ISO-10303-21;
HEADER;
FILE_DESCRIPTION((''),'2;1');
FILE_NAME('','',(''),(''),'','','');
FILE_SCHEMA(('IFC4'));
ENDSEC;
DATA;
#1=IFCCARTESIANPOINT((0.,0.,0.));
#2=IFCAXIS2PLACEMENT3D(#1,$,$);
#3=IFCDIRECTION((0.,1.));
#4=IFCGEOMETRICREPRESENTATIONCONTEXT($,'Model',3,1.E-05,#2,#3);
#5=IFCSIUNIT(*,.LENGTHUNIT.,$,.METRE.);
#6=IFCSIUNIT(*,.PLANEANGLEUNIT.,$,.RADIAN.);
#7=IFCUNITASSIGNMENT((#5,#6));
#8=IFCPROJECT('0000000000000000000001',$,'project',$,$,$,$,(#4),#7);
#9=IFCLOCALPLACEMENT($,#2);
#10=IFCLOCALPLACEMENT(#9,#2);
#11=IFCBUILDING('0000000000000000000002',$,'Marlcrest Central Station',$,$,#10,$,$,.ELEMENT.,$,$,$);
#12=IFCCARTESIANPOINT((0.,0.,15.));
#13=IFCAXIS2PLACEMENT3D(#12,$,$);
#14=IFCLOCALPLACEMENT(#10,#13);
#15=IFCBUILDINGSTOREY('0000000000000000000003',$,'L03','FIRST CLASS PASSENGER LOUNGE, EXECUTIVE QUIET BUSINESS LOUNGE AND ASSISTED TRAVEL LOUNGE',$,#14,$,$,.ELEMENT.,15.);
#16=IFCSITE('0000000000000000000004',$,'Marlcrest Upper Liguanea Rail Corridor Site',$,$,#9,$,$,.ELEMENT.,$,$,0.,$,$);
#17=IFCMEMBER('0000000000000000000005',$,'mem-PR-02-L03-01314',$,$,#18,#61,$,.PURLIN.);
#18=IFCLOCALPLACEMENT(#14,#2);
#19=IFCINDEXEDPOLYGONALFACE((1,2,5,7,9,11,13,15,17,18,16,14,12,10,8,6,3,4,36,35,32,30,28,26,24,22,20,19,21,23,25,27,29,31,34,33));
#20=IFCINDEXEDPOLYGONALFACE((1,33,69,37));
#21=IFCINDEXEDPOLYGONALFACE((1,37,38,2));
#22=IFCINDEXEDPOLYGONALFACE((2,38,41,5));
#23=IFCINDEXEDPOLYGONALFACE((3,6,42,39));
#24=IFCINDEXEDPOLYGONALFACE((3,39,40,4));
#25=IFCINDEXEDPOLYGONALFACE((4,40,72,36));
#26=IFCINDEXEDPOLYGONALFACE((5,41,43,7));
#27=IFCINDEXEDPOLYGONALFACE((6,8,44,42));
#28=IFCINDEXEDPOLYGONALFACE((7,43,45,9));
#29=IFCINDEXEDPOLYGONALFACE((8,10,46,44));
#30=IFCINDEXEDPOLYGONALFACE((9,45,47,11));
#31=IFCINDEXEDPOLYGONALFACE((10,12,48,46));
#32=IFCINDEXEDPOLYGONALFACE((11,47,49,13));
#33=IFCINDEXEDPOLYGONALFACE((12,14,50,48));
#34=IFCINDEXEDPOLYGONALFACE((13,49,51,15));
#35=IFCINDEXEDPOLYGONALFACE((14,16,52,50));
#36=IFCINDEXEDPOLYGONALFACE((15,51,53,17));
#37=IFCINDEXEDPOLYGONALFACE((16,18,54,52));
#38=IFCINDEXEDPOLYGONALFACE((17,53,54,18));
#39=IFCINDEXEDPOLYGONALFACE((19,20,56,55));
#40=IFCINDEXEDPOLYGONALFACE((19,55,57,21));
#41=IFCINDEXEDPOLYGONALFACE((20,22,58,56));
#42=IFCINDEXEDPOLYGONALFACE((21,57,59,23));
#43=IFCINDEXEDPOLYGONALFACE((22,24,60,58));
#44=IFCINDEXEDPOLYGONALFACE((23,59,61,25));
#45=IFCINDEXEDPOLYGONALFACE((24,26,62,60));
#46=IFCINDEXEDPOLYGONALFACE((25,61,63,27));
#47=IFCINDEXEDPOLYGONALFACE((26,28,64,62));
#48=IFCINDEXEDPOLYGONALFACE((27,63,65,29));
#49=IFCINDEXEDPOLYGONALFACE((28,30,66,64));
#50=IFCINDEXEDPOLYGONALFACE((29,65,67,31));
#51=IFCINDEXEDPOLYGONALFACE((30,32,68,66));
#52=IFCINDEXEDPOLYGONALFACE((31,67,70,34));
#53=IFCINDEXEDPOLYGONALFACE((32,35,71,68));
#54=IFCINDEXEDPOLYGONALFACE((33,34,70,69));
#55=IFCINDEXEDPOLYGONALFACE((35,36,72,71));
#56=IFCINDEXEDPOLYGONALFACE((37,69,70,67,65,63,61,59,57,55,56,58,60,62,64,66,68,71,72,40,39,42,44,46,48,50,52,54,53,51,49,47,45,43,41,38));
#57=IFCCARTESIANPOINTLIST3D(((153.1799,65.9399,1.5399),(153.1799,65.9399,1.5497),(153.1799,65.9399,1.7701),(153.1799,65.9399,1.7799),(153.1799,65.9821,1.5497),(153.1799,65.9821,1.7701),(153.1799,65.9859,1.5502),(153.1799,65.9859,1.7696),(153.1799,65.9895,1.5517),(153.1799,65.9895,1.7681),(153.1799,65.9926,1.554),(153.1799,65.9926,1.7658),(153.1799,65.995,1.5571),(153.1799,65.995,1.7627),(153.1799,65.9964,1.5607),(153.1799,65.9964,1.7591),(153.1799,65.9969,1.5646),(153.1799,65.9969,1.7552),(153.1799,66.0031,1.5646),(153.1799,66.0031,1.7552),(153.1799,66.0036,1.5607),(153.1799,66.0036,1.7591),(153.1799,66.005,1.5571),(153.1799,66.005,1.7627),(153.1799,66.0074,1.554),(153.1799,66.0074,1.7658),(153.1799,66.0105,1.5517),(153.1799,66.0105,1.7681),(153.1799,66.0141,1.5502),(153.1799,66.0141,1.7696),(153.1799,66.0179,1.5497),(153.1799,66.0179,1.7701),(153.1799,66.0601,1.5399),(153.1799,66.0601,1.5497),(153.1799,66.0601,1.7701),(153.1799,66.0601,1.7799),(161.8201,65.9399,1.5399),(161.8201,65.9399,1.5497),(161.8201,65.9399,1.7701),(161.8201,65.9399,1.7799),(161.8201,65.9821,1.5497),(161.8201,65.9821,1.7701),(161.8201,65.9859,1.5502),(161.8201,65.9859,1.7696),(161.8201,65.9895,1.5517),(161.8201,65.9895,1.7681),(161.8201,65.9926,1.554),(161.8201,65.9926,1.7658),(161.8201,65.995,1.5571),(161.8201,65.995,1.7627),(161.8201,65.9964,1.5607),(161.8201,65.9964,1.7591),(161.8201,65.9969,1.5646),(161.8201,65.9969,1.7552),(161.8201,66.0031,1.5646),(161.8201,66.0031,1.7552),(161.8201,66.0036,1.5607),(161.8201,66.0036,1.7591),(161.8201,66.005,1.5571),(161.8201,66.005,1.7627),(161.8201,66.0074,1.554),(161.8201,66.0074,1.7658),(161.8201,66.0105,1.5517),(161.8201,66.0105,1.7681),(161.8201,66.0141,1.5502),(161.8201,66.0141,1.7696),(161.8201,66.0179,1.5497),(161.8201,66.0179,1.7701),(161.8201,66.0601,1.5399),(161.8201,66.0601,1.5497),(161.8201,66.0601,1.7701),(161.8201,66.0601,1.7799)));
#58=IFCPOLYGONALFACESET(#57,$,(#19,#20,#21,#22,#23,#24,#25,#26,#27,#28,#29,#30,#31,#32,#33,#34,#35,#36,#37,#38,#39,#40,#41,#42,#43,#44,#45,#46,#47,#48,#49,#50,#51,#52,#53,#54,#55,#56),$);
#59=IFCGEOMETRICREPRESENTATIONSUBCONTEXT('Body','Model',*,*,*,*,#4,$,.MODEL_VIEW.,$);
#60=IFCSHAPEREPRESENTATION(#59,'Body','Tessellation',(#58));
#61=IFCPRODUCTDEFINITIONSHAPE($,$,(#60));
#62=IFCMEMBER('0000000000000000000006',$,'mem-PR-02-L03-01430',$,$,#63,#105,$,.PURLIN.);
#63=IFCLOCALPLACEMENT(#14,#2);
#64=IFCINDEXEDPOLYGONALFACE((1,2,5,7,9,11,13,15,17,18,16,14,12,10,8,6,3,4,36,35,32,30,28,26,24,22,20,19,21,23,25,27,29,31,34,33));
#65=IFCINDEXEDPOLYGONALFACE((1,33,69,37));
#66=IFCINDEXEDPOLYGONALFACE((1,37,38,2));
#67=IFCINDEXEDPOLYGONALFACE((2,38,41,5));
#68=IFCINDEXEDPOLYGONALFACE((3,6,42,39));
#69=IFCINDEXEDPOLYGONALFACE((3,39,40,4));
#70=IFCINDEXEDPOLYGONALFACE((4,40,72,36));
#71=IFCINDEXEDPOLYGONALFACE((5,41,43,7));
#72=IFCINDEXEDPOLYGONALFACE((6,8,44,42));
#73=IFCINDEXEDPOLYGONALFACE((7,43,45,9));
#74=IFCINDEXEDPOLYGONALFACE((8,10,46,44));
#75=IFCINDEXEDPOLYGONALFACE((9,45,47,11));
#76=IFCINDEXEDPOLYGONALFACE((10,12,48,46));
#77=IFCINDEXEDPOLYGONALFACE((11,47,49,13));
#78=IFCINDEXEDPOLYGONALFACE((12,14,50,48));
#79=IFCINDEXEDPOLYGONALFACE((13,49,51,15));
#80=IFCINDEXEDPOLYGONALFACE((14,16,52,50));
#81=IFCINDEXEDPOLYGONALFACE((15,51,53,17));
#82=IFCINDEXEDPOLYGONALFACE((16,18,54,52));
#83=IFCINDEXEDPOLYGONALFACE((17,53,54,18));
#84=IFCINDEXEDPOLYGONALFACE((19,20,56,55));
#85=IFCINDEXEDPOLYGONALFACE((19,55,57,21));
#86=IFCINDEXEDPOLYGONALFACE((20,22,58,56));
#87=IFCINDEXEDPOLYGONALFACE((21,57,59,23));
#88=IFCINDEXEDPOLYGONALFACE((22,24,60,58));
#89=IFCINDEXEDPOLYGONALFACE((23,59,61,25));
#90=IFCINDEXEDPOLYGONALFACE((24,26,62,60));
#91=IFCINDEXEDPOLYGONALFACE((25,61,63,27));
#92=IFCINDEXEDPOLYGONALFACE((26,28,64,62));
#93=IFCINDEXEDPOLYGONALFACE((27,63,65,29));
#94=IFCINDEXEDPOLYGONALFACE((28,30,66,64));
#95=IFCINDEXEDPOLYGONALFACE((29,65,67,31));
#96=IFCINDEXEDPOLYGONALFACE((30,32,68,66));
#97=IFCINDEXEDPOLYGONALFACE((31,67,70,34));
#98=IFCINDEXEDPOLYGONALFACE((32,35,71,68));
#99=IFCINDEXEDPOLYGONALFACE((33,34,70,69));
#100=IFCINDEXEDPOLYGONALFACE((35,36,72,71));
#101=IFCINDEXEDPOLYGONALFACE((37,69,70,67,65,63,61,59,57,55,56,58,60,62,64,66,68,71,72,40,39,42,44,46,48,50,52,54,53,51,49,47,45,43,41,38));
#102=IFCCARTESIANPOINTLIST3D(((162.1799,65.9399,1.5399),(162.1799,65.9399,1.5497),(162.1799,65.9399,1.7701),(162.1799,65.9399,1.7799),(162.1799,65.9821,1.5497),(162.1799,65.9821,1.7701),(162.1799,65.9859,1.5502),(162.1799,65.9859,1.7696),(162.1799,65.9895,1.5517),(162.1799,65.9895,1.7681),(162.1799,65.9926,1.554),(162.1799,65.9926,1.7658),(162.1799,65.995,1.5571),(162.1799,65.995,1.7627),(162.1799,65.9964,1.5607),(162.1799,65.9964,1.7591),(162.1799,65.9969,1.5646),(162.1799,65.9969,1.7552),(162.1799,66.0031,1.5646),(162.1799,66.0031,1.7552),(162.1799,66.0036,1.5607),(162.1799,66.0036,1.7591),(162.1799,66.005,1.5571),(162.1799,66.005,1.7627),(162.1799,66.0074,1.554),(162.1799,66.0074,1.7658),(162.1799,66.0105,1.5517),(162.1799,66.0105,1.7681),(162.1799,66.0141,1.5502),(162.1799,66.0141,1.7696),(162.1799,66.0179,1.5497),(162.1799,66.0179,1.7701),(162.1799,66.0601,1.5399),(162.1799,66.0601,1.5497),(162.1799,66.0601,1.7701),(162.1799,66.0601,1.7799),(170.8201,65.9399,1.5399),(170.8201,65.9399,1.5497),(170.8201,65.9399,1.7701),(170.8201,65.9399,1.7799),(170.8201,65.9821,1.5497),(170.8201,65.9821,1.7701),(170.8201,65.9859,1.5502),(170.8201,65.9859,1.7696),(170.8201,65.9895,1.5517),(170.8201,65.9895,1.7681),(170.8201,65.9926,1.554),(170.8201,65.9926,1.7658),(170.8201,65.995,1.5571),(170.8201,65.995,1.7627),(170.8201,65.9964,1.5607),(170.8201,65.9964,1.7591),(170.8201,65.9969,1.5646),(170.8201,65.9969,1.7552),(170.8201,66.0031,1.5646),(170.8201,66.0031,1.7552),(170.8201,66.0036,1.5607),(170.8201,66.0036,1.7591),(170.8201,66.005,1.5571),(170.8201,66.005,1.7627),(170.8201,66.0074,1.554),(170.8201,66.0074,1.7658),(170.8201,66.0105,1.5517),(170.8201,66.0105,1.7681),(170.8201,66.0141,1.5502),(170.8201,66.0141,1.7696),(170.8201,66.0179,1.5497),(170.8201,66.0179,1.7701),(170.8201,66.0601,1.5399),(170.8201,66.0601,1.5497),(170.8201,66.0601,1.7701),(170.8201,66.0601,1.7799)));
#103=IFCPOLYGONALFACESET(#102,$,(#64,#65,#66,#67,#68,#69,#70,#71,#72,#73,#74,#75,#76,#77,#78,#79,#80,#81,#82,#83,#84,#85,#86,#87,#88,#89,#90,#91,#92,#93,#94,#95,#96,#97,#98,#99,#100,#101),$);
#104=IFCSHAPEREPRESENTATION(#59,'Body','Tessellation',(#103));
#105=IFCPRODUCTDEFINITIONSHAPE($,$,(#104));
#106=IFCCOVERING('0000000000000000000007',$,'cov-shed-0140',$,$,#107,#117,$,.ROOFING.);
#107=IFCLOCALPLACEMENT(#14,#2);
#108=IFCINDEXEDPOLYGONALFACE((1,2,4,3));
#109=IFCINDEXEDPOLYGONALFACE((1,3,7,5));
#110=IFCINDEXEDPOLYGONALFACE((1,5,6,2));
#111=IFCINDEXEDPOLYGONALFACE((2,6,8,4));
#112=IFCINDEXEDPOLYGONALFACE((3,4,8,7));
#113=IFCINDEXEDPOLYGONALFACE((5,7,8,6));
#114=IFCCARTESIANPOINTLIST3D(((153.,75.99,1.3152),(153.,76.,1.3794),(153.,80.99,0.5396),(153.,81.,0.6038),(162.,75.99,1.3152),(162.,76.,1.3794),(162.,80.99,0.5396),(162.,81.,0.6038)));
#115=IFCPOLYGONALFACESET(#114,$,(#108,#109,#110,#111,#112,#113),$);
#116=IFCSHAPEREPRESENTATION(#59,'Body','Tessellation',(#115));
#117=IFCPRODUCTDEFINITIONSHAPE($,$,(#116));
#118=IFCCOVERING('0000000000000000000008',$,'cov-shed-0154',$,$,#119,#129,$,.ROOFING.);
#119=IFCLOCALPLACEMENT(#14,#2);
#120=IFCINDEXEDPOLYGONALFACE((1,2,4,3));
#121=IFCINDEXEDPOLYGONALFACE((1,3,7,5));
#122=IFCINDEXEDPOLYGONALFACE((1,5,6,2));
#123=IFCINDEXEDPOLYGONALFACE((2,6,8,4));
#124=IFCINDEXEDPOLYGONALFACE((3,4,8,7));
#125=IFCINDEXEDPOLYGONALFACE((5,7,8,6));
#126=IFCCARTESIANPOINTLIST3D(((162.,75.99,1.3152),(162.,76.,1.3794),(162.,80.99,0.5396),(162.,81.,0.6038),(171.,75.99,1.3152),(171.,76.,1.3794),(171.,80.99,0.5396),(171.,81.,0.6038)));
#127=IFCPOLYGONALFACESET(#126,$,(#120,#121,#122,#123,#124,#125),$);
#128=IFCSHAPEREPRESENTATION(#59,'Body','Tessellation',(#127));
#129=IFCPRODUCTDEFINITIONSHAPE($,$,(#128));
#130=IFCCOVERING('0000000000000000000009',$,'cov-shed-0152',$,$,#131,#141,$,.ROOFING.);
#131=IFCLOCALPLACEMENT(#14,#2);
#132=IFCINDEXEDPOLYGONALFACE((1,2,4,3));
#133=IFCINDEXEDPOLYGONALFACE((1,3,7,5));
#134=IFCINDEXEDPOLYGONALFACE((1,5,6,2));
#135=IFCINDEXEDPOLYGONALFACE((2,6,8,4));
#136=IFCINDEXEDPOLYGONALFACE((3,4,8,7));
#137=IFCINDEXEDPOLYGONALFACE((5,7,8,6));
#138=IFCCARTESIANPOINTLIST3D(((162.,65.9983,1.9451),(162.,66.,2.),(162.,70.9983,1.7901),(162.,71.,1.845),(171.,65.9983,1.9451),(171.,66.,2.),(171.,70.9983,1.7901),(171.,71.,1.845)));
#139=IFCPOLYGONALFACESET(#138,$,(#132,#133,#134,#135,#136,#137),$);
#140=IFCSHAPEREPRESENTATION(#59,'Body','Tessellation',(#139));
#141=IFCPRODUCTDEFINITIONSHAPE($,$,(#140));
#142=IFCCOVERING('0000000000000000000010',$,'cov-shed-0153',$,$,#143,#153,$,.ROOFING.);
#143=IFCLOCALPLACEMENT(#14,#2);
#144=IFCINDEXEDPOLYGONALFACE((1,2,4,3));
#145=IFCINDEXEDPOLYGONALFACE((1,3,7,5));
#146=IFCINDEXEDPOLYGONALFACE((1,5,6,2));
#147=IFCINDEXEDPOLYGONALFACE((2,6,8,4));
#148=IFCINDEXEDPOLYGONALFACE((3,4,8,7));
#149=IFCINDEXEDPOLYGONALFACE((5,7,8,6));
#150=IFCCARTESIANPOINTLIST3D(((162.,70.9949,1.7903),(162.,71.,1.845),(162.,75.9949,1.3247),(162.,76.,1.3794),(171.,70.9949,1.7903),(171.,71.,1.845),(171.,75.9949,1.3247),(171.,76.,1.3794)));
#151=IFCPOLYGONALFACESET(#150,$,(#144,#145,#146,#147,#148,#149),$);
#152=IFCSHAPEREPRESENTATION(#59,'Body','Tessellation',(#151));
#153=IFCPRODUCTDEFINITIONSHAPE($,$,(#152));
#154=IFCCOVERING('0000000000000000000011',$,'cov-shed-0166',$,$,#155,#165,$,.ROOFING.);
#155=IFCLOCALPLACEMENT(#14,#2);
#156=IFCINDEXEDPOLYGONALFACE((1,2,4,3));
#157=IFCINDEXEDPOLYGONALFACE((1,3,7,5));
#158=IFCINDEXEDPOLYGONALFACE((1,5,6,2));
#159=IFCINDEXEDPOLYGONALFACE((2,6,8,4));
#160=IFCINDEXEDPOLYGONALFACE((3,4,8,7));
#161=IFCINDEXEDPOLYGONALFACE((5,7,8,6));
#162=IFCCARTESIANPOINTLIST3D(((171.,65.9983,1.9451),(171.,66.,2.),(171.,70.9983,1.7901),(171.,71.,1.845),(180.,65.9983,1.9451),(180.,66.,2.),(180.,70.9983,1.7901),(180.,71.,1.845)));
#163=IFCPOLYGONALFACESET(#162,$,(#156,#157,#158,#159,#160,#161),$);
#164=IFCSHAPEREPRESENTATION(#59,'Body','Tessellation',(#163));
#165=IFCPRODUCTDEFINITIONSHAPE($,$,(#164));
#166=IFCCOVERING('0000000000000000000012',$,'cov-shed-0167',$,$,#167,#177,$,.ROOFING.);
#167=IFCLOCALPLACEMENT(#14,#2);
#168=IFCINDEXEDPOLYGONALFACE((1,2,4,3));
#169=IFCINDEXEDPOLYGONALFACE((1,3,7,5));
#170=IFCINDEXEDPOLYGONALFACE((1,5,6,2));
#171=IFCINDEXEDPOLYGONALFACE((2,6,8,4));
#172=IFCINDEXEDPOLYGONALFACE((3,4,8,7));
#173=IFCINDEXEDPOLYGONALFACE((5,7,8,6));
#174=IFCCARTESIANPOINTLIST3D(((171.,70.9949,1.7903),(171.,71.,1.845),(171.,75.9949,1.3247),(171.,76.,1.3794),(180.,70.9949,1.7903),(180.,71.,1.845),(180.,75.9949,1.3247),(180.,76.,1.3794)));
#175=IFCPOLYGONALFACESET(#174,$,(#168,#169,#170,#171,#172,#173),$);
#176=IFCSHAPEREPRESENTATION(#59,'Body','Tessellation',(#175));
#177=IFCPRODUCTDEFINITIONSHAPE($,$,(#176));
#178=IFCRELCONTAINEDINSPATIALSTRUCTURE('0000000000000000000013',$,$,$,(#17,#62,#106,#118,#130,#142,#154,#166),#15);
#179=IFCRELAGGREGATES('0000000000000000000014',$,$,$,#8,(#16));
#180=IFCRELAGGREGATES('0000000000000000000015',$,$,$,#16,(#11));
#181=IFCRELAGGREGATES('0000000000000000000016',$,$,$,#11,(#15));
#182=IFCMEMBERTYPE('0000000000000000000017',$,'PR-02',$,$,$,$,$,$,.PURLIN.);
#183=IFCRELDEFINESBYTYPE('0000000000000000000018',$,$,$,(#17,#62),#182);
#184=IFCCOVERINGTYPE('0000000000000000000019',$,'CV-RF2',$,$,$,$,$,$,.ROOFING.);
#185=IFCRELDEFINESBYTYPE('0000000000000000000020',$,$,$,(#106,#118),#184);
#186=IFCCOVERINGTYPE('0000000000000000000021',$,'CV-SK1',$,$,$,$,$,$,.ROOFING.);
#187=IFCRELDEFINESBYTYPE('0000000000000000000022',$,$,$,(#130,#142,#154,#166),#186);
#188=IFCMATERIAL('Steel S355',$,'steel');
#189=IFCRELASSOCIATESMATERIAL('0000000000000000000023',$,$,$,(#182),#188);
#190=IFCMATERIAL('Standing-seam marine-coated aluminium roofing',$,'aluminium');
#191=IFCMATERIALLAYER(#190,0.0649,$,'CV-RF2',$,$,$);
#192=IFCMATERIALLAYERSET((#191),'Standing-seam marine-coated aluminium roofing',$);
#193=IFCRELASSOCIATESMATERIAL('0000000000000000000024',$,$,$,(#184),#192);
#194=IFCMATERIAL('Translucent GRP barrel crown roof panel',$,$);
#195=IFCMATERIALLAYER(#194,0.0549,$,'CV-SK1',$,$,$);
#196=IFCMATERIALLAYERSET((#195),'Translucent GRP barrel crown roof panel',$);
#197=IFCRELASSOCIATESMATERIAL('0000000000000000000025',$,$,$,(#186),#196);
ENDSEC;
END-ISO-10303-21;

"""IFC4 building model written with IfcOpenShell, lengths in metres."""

from ifc_helpers import new_model, si_unit, direction, frame, origin, origin_2d, place, context, subcontext, project, spatial, polyline, i_section, outline, extrude, material, layer, layer_set, material_profile, profile_set, type_object, element, save


model = new_model("IFC4")

# Units and contexts
model_context = context("Model", 3, precision=1e-05, world=origin(), true_north=direction((0.0, 1.0)))
body_context = subcontext(model_context, "Body", "Model", "MODEL_VIEW")
ifc_project = project(units=[si_unit("LENGTHUNIT", "METRE"), si_unit("PLANEANGLEUNIT", "RADIAN")], contexts=[model_context])

# Site, building, storey
site_placement = place(None, origin())
site = spatial("IfcSite", under=ifc_project, at=site_placement, Name="Marlcrest Upper Liguanea Rail Corridor Site", CompositionType="ELEMENT", RefElevation=0.0)
building_placement = place(site_placement, origin())
building = spatial("IfcBuilding", under=site, at=building_placement, Name="Marlcrest Central Station", CompositionType="ELEMENT")
storey_placement = place(building_placement, frame((0.0, 0.0, 15.0)))
storey = spatial("IfcBuildingStorey", under=building, at=storey_placement, Name="L03", Description="FIRST CLASS PASSENGER LOUNGE, EXECUTIVE QUIET BUSINESS LOUNGE AND ASSISTED TRAVEL LOUNGE", CompositionType="ELEMENT", Elevation=15.0)

# Members
ifc_material_1 = material(Name="Steel S355", Category="steel")
ifc_material_profile_1 = material_profile(ifc_material_1, i_section(OverallWidth=0.1201, OverallDepth=0.24, WebThickness=0.0061, FlangeThickness=0.0098, FilletRadius=0.0149, at=origin_2d()), Name="IPE 240")
ifc_profile_set_1 = profile_set([ifc_material_profile_1], Name="Steel S355")
member_type_1 = type_object("IfcMemberType", Name="PR-02", PredefinedType="PURLIN", material=ifc_profile_set_1)
for number, where, z_axis, x_axis, name in (
    (1, (153.1799, 66.0, 1.6599), (1.0, 0.0, 0.0), (0.0, 1.0, 0.0), "mem-PR-02-L03-01314"),
    (2, (162.1799, 66.0, 1.6599), (1.0, 0.0, 0.0), (0.0, 1.0, 0.0), "mem-PR-02-L03-01430"),
):
    element("IfcMember", number, at=place(storey_placement, frame(where, z_axis=z_axis, x_axis=x_axis)), inside=storey, type_object=member_type_1, Name=name, PredefinedType="PURLIN", context=body_context, shape_type="SweptSolid", body=[
        extrude(i_section(OverallWidth=0.1201, OverallDepth=0.24, WebThickness=0.0061, FlangeThickness=0.0098, FilletRadius=0.0149, at=origin_2d()), origin(), (0.0, 0.0, 1.0), 8.6401),
    ])

# Coverings
ifc_material_2 = material(Name="Standing-seam marine-coated aluminium roofing", Category="aluminium")
ifc_layer_1 = layer(ifc_material_2, 0.0649, Name="CV-RF2")
ifc_layer_set_1 = layer_set([ifc_layer_1], Name="Standing-seam marine-coated aluminium roofing")
covering_type_1 = type_object("IfcCoveringType", Name="CV-RF2", PredefinedType="ROOFING", material=ifc_layer_set_1)
for number, where, z_axis, x_axis, name in (
    (3, (153.0, 76.0, 1.3794), (0.0, 0.153293, 0.988181), (1.0, 0.0, 0.0), "cov-shed-0140"),
    (4, (162.0, 76.0, 1.3794), (0.0, 0.153293, 0.988181), (1.0, 0.0, 0.0), "cov-shed-0154"),
):
    element("IfcCovering", number, at=place(storey_placement, frame(where, z_axis=z_axis, x_axis=x_axis)), inside=storey, type_object=covering_type_1, Name=name, PredefinedType="ROOFING", context=body_context, shape_type="SweptSolid", body=[
        extrude(outline(polyline([(0.0, 0.0), (9.0, 0.0), (9.0, 5.0598), (0.0, 5.0598), (0.0, 0.0)])), origin(), (0.0, 0.0, -1.0), 0.0649),
    ])
ifc_material_3 = material(Name="Translucent GRP barrel crown roof panel")
ifc_layer_2 = layer(ifc_material_3, 0.0549, Name="CV-SK1")
ifc_layer_set_2 = layer_set([ifc_layer_2], Name="Translucent GRP barrel crown roof panel")
covering_type_2 = type_object("IfcCoveringType", Name="CV-SK1", PredefinedType="ROOFING", material=ifc_layer_set_2)
covering_1_placement = place(storey_placement, frame((162.0, 66.0, 2.0), z_axis=(0.0, 0.030991, 0.99952), x_axis=(1.0, 0.0, 0.0)))
element("IfcCovering", 5, at=covering_1_placement, inside=storey, type_object=covering_type_2, Name="cov-shed-0152", PredefinedType="ROOFING", context=body_context, shape_type="SweptSolid", body=[
    extrude(outline(polyline([(0.0, 0.0), (9.0, 0.0), (9.0, 5.0024), (0.0, 5.0024), (0.0, 0.0)])), origin(), (0.0, 0.0, -1.0), 0.0549),
])
covering_2_placement = place(storey_placement, frame((162.0, 71.0, 1.845), z_axis=(0.0, 0.092714, 0.995693), x_axis=(1.0, 0.0, 0.0)))
element("IfcCovering", 6, at=covering_2_placement, inside=storey, type_object=covering_type_2, Name="cov-shed-0153", PredefinedType="ROOFING", context=body_context, shape_type="SweptSolid", body=[
    extrude(outline(polyline([(0.0, 0.0), (9.0, 0.0), (9.0, 5.0216), (0.0, 5.0216), (0.0, 0.0)])), origin(), (0.0, 0.0, -1.0), 0.0549),
])
covering_3_placement = place(storey_placement, frame((171.0, 66.0, 2.0), z_axis=(0.0, 0.030991, 0.99952), x_axis=(1.0, 0.0, 0.0)))
element("IfcCovering", 7, at=covering_3_placement, inside=storey, type_object=covering_type_2, Name="cov-shed-0166", PredefinedType="ROOFING", context=body_context, shape_type="SweptSolid", body=[
    extrude(outline(polyline([(0.0, 0.0), (9.0, 0.0), (9.0, 5.0024), (0.0, 5.0024), (0.0, 0.0)])), origin(), (0.0, 0.0, -1.0), 0.0549),
])
covering_4_placement = place(storey_placement, frame((171.0, 71.0, 1.845), z_axis=(0.0, 0.092714, 0.995693), x_axis=(1.0, 0.0, 0.0)))
element("IfcCovering", 8, at=covering_4_placement, inside=storey, type_object=covering_type_2, Name="cov-shed-0167", PredefinedType="ROOFING", context=body_context, shape_type="SweptSolid", body=[
    extrude(outline(polyline([(0.0, 0.0), (9.0, 0.0), (9.0, 5.0216), (0.0, 5.0216), (0.0, 0.0)])), origin(), (0.0, 0.0, -1.0), 0.0549),
])

save(model, "model.ifc")
